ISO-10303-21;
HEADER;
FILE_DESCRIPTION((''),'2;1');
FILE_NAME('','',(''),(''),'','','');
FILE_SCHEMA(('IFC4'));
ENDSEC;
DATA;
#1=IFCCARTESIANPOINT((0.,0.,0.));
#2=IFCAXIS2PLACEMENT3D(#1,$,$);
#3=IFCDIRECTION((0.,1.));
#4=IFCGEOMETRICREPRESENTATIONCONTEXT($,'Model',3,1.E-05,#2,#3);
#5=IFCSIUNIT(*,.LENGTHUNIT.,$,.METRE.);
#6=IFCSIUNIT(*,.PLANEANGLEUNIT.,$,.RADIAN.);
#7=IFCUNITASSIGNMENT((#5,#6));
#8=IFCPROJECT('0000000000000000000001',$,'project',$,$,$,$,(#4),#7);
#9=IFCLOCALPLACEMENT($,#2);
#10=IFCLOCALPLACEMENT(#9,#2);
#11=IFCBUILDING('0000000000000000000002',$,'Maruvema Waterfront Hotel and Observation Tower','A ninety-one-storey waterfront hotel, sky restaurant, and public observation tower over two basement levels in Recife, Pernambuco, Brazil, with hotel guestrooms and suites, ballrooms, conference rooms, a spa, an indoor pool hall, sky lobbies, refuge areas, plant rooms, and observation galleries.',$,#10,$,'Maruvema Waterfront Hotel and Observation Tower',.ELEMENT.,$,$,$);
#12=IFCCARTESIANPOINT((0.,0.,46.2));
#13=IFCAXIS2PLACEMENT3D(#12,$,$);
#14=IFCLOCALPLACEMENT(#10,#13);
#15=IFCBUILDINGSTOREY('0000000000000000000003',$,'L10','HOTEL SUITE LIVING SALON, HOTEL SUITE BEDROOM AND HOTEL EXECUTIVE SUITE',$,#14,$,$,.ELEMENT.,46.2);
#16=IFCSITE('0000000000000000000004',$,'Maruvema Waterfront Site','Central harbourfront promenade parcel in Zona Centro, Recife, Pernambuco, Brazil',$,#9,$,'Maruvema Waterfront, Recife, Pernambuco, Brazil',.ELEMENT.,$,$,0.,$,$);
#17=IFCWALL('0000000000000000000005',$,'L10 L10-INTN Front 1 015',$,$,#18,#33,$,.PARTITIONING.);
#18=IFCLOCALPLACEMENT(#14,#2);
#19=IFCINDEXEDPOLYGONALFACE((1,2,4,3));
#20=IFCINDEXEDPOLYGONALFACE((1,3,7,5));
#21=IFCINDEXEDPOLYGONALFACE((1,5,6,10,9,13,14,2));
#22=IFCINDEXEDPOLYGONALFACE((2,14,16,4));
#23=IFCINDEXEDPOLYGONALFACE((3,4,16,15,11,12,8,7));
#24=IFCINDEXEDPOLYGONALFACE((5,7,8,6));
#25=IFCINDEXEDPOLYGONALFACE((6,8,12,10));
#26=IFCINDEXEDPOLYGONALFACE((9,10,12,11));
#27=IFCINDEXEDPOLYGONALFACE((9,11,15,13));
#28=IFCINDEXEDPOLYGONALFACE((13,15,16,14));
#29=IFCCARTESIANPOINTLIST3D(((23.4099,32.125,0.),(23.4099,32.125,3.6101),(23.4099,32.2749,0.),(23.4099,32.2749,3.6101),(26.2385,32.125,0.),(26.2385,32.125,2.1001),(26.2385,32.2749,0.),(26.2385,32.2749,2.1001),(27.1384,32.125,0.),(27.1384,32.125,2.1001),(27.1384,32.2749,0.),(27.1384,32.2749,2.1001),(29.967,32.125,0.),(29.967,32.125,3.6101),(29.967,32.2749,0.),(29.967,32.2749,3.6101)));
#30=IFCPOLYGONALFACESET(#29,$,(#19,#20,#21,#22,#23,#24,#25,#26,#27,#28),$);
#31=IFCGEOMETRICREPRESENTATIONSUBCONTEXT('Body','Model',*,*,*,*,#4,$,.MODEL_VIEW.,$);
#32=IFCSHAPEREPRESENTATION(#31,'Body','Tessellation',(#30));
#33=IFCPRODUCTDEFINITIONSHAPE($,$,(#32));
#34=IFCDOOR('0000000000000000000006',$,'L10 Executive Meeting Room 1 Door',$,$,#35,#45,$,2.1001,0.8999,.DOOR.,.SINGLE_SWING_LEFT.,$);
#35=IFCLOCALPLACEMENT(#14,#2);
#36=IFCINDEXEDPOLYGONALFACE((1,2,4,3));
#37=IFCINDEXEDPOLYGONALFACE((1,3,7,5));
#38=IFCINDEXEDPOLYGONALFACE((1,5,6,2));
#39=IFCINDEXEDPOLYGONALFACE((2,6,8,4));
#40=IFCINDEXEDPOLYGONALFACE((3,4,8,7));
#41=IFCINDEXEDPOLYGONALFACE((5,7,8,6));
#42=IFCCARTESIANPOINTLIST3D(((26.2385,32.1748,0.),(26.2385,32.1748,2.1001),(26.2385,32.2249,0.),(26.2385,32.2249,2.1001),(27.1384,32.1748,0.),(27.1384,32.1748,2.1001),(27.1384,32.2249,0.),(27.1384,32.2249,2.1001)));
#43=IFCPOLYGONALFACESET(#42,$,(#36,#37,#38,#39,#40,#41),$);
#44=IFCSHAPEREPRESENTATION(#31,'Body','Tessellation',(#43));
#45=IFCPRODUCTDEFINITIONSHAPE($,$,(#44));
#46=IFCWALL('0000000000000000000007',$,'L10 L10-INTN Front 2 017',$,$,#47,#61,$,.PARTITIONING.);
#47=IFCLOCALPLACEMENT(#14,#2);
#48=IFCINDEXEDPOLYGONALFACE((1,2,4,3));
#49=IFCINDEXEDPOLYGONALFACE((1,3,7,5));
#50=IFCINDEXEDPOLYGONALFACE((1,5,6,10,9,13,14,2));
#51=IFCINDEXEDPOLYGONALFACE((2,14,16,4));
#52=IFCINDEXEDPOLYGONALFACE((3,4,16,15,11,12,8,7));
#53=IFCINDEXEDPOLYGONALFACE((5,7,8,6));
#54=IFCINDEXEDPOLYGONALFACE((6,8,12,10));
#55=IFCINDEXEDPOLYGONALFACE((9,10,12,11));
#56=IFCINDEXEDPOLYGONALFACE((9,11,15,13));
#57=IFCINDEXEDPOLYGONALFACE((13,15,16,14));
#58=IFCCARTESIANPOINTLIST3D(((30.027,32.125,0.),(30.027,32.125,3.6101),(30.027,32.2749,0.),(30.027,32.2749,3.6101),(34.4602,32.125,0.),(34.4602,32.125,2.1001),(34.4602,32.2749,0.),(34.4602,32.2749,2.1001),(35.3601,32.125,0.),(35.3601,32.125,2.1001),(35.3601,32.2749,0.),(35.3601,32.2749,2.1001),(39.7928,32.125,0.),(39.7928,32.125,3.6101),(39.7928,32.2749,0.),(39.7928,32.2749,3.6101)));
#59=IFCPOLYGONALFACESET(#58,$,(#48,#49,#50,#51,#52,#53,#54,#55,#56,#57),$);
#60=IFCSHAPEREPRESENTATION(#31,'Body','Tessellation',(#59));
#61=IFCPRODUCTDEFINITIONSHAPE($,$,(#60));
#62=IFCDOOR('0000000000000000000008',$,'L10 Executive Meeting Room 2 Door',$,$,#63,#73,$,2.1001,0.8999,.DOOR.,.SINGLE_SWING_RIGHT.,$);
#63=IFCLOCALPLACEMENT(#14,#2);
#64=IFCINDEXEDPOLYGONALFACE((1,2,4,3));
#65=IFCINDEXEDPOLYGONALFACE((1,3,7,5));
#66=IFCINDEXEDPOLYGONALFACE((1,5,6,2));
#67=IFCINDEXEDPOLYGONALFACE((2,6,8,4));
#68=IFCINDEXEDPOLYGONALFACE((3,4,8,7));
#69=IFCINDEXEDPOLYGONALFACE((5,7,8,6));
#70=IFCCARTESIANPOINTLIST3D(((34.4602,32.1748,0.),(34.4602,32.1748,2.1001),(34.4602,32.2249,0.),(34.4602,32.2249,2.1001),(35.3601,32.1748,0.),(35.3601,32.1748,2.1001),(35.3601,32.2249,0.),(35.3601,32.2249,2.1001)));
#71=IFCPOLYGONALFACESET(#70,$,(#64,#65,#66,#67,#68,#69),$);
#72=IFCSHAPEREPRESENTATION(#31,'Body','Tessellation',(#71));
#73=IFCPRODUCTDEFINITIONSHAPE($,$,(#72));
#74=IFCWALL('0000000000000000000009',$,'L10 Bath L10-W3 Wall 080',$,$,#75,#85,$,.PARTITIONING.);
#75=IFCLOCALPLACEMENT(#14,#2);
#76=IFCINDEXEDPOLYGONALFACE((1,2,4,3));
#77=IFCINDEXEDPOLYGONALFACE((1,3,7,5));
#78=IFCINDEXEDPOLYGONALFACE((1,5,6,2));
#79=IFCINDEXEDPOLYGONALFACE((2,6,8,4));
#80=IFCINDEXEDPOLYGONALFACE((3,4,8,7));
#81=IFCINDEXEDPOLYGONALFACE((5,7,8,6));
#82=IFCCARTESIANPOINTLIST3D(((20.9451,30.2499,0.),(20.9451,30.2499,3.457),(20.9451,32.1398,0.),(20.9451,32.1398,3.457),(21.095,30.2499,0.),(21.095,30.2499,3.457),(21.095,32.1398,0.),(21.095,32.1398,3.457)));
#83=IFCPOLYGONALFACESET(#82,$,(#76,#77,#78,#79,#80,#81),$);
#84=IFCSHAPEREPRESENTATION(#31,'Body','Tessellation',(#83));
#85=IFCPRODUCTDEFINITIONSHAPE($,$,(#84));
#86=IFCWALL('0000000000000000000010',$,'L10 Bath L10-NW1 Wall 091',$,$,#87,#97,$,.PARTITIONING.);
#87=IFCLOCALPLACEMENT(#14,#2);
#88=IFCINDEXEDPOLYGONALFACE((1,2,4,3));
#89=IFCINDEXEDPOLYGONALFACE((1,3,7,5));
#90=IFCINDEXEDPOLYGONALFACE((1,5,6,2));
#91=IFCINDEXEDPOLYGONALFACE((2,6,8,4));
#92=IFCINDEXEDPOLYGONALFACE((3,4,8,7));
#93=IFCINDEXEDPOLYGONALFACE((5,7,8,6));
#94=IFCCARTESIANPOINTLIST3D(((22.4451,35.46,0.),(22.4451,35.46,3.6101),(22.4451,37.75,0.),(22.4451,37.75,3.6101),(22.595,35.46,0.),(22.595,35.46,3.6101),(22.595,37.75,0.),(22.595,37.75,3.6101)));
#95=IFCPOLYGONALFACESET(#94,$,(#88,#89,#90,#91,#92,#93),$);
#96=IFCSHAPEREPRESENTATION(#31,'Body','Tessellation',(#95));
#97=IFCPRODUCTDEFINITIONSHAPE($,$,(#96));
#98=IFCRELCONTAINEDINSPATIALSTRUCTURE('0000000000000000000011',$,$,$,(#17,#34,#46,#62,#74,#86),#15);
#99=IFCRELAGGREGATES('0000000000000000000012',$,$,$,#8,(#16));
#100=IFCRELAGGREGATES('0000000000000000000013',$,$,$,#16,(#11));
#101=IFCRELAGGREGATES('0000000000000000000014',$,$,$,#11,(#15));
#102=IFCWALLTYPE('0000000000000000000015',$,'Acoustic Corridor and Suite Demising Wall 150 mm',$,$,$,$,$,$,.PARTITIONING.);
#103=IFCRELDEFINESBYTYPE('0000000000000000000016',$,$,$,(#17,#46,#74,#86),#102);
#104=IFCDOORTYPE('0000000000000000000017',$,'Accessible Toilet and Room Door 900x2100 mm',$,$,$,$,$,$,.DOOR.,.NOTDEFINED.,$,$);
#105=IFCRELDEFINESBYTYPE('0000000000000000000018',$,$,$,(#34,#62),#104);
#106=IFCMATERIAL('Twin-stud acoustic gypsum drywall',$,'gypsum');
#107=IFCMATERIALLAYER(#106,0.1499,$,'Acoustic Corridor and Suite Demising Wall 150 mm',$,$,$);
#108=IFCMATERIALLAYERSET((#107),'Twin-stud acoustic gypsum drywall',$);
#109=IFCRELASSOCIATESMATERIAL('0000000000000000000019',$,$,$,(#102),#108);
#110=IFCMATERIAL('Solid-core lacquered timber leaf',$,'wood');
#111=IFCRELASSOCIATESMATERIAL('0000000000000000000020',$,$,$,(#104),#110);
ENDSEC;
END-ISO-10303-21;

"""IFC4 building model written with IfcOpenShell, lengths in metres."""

from ifc_helpers import new_model, si_unit, direction, frame, frame_2d, origin, place, context, subcontext, project, spatial, rectangle, extrude, material, layer, layer_set, type_object, element, fill, save


model = new_model("IFC4")

# Units and contexts
model_context = context("Model", 3, precision=1e-05, world=origin(), true_north=direction((0.0, 1.0)))
body_context = subcontext(model_context, "Body", "Model", "MODEL_VIEW")
ifc_project = project(units=[si_unit("LENGTHUNIT", "METRE"), si_unit("PLANEANGLEUNIT", "RADIAN")], contexts=[model_context])

# Site, building, storey
site_placement = place(None, origin())
site = spatial("IfcSite", under=ifc_project, at=site_placement, Name="Maruvema Waterfront Site", Description="Central harbourfront promenade parcel in Zona Centro, Recife, Pernambuco, Brazil", LongName="Maruvema Waterfront, Recife, Pernambuco, Brazil", CompositionType="ELEMENT", RefElevation=0.0)
building_placement = place(site_placement, origin())
building = spatial("IfcBuilding", under=site, at=building_placement, Name="Maruvema Waterfront Hotel and Observation Tower", Description="A ninety-one-storey waterfront hotel, sky restaurant, and public observation tower over two basement levels in Recife, Pernambuco, Brazil, with hotel guestrooms and suites, ballrooms, conference rooms, a spa, an indoor pool hall, sky lobbies, refuge areas, plant rooms, and observation galleries.", LongName="Maruvema Waterfront Hotel and Observation Tower", CompositionType="ELEMENT")
storey_placement = place(building_placement, frame((0.0, 0.0, 46.2)))
storey = spatial("IfcBuildingStorey", under=building, at=storey_placement, Name="L10", Description="HOTEL SUITE LIVING SALON, HOTEL SUITE BEDROOM AND HOTEL EXECUTIVE SUITE", CompositionType="ELEMENT", Elevation=46.2)

# Walls, openings, doors
ifc_material_1 = material(Name="Twin-stud acoustic gypsum drywall", Category="gypsum")
ifc_layer = layer(ifc_material_1, 0.1499, Name="Acoustic Corridor and Suite Demising Wall 150 mm")
ifc_layer_set = layer_set([ifc_layer], Name="Twin-stud acoustic gypsum drywall")
wall_type = type_object("IfcWallType", Name="Acoustic Corridor and Suite Demising Wall 150 mm", PredefinedType="PARTITIONING", material=ifc_layer_set)
wall_1_placement = place(storey_placement, frame((23.4099, 32.2, 0.0), z_axis=(0.0, 0.0, 1.0), x_axis=(1.0, 0.0, 0.0)))
wall_1 = element("IfcWall", 1, at=wall_1_placement, inside=storey, type_object=wall_type, Name="L10 L10-INTN Front 1 015", PredefinedType="PARTITIONING", context=body_context, shape_type="SweptSolid", body=[
    extrude(rectangle(XDim=6.5571, YDim=0.1499, at=frame_2d((3.2786, 0.0))), origin(), (0.0, 0.0, 1.0), 3.6101),
])
opening_1_placement = place(wall_1_placement, frame((2.8286, 0.0, 0.0)))
opening_1 = element("IfcOpeningElement", 2, at=opening_1_placement, cuts=wall_1, PredefinedType="OPENING", context=body_context, shape_type="SweptSolid", body=[
    extrude(rectangle(XDim=0.8999, YDim=2.1001, at=frame_2d((0.45, 1.05))), frame((0.0, 0.085, 0.0), z_axis=(0.0, -1.0, 0.0), x_axis=(1.0, 0.0, 0.0)), (0.0, 0.0, 1.0), 0.1699),
])
ifc_material_2 = material(Name="Solid-core lacquered timber leaf", Category="wood")
door_type_1 = type_object("IfcDoorType", Name="Accessible Toilet and Room Door 900x2100 mm", OperationType="NOTDEFINED", PredefinedType="DOOR", material=ifc_material_2)
door_1_placement = place(opening_1_placement, origin())
door_1 = element("IfcDoor", 3, at=door_1_placement, inside=storey, type_object=door_type_1, Name="L10 Executive Meeting Room 1 Door", OperationType="SINGLE_SWING_LEFT", OverallHeight=2.1001, OverallWidth=0.8999, PredefinedType="DOOR", context=body_context, shape_type="SweptSolid", body=[
    extrude(rectangle(XDim=0.8999, YDim=2.1001, at=frame_2d((0.45, 1.05))), frame((0.0, 0.0249, 0.0), z_axis=(0.0, -1.0, 0.0), x_axis=(1.0, 0.0, 0.0)), (0.0, 0.0, 1.0), 0.05),
])
fill(opening_1, door_1)
wall_2_placement = place(storey_placement, frame((30.0271, 32.2, 0.0), z_axis=(0.0, 0.0, 1.0), x_axis=(1.0, 0.0, 0.0)))
wall_2 = element("IfcWall", 4, at=wall_2_placement, inside=storey, type_object=wall_type, Name="L10 L10-INTN Front 2 017", PredefinedType="PARTITIONING", context=body_context, shape_type="SweptSolid", body=[
    extrude(rectangle(XDim=9.7659, YDim=0.1499, at=frame_2d((4.8828, 0.0))), origin(), (0.0, 0.0, 1.0), 3.6101),
])
opening_2_placement = place(wall_2_placement, frame((4.4331, 0.0, 0.0)))
opening_2 = element("IfcOpeningElement", 5, at=opening_2_placement, cuts=wall_2, PredefinedType="OPENING", context=body_context, shape_type="SweptSolid", body=[
    extrude(rectangle(XDim=0.8999, YDim=2.1001, at=frame_2d((0.45, 1.05))), frame((0.0, 0.085, 0.0), z_axis=(0.0, -1.0, 0.0), x_axis=(1.0, 0.0, 0.0)), (0.0, 0.0, 1.0), 0.1699),
])
door_2_placement = place(opening_2_placement, origin())
door_2 = element("IfcDoor", 6, at=door_2_placement, inside=storey, type_object=door_type_1, Name="L10 Executive Meeting Room 2 Door", OperationType="SINGLE_SWING_RIGHT", OverallHeight=2.1001, OverallWidth=0.8999, PredefinedType="DOOR", context=body_context, shape_type="SweptSolid", body=[
    extrude(rectangle(XDim=0.8999, YDim=2.1001, at=frame_2d((0.45, 1.05))), frame((0.0, 0.0249, 0.0), z_axis=(0.0, -1.0, 0.0), x_axis=(1.0, 0.0, 0.0)), (0.0, 0.0, 1.0), 0.05),
])
fill(opening_2, door_2)

# Walls
wall_3_placement = place(storey_placement, frame((21.02, 30.25, 0.0), z_axis=(0.0, 0.0, 1.0), x_axis=(0.0, 1.0, 0.0)))
element("IfcWall", 7, at=wall_3_placement, inside=storey, type_object=wall_type, Name="L10 Bath L10-W3 Wall 080", PredefinedType="PARTITIONING", context=body_context, shape_type="SweptSolid", body=[
    extrude(rectangle(XDim=1.8899, YDim=0.1499, at=frame_2d((0.9448, 0.0))), origin(), (0.0, 0.0, 1.0), 3.457),
])
wall_4_placement = place(storey_placement, frame((22.52, 35.46, 0.0), z_axis=(0.0, 0.0, 1.0), x_axis=(0.0, 1.0, 0.0)))
element("IfcWall", 8, at=wall_4_placement, inside=storey, type_object=wall_type, Name="L10 Bath L10-NW1 Wall 091", PredefinedType="PARTITIONING", context=body_context, shape_type="SweptSolid", body=[
    extrude(rectangle(XDim=2.29, YDim=0.1499, at=frame_2d((1.145, 0.0))), origin(), (0.0, 0.0, 1.0), 3.6101),
])

save(model, "model.ifc")
